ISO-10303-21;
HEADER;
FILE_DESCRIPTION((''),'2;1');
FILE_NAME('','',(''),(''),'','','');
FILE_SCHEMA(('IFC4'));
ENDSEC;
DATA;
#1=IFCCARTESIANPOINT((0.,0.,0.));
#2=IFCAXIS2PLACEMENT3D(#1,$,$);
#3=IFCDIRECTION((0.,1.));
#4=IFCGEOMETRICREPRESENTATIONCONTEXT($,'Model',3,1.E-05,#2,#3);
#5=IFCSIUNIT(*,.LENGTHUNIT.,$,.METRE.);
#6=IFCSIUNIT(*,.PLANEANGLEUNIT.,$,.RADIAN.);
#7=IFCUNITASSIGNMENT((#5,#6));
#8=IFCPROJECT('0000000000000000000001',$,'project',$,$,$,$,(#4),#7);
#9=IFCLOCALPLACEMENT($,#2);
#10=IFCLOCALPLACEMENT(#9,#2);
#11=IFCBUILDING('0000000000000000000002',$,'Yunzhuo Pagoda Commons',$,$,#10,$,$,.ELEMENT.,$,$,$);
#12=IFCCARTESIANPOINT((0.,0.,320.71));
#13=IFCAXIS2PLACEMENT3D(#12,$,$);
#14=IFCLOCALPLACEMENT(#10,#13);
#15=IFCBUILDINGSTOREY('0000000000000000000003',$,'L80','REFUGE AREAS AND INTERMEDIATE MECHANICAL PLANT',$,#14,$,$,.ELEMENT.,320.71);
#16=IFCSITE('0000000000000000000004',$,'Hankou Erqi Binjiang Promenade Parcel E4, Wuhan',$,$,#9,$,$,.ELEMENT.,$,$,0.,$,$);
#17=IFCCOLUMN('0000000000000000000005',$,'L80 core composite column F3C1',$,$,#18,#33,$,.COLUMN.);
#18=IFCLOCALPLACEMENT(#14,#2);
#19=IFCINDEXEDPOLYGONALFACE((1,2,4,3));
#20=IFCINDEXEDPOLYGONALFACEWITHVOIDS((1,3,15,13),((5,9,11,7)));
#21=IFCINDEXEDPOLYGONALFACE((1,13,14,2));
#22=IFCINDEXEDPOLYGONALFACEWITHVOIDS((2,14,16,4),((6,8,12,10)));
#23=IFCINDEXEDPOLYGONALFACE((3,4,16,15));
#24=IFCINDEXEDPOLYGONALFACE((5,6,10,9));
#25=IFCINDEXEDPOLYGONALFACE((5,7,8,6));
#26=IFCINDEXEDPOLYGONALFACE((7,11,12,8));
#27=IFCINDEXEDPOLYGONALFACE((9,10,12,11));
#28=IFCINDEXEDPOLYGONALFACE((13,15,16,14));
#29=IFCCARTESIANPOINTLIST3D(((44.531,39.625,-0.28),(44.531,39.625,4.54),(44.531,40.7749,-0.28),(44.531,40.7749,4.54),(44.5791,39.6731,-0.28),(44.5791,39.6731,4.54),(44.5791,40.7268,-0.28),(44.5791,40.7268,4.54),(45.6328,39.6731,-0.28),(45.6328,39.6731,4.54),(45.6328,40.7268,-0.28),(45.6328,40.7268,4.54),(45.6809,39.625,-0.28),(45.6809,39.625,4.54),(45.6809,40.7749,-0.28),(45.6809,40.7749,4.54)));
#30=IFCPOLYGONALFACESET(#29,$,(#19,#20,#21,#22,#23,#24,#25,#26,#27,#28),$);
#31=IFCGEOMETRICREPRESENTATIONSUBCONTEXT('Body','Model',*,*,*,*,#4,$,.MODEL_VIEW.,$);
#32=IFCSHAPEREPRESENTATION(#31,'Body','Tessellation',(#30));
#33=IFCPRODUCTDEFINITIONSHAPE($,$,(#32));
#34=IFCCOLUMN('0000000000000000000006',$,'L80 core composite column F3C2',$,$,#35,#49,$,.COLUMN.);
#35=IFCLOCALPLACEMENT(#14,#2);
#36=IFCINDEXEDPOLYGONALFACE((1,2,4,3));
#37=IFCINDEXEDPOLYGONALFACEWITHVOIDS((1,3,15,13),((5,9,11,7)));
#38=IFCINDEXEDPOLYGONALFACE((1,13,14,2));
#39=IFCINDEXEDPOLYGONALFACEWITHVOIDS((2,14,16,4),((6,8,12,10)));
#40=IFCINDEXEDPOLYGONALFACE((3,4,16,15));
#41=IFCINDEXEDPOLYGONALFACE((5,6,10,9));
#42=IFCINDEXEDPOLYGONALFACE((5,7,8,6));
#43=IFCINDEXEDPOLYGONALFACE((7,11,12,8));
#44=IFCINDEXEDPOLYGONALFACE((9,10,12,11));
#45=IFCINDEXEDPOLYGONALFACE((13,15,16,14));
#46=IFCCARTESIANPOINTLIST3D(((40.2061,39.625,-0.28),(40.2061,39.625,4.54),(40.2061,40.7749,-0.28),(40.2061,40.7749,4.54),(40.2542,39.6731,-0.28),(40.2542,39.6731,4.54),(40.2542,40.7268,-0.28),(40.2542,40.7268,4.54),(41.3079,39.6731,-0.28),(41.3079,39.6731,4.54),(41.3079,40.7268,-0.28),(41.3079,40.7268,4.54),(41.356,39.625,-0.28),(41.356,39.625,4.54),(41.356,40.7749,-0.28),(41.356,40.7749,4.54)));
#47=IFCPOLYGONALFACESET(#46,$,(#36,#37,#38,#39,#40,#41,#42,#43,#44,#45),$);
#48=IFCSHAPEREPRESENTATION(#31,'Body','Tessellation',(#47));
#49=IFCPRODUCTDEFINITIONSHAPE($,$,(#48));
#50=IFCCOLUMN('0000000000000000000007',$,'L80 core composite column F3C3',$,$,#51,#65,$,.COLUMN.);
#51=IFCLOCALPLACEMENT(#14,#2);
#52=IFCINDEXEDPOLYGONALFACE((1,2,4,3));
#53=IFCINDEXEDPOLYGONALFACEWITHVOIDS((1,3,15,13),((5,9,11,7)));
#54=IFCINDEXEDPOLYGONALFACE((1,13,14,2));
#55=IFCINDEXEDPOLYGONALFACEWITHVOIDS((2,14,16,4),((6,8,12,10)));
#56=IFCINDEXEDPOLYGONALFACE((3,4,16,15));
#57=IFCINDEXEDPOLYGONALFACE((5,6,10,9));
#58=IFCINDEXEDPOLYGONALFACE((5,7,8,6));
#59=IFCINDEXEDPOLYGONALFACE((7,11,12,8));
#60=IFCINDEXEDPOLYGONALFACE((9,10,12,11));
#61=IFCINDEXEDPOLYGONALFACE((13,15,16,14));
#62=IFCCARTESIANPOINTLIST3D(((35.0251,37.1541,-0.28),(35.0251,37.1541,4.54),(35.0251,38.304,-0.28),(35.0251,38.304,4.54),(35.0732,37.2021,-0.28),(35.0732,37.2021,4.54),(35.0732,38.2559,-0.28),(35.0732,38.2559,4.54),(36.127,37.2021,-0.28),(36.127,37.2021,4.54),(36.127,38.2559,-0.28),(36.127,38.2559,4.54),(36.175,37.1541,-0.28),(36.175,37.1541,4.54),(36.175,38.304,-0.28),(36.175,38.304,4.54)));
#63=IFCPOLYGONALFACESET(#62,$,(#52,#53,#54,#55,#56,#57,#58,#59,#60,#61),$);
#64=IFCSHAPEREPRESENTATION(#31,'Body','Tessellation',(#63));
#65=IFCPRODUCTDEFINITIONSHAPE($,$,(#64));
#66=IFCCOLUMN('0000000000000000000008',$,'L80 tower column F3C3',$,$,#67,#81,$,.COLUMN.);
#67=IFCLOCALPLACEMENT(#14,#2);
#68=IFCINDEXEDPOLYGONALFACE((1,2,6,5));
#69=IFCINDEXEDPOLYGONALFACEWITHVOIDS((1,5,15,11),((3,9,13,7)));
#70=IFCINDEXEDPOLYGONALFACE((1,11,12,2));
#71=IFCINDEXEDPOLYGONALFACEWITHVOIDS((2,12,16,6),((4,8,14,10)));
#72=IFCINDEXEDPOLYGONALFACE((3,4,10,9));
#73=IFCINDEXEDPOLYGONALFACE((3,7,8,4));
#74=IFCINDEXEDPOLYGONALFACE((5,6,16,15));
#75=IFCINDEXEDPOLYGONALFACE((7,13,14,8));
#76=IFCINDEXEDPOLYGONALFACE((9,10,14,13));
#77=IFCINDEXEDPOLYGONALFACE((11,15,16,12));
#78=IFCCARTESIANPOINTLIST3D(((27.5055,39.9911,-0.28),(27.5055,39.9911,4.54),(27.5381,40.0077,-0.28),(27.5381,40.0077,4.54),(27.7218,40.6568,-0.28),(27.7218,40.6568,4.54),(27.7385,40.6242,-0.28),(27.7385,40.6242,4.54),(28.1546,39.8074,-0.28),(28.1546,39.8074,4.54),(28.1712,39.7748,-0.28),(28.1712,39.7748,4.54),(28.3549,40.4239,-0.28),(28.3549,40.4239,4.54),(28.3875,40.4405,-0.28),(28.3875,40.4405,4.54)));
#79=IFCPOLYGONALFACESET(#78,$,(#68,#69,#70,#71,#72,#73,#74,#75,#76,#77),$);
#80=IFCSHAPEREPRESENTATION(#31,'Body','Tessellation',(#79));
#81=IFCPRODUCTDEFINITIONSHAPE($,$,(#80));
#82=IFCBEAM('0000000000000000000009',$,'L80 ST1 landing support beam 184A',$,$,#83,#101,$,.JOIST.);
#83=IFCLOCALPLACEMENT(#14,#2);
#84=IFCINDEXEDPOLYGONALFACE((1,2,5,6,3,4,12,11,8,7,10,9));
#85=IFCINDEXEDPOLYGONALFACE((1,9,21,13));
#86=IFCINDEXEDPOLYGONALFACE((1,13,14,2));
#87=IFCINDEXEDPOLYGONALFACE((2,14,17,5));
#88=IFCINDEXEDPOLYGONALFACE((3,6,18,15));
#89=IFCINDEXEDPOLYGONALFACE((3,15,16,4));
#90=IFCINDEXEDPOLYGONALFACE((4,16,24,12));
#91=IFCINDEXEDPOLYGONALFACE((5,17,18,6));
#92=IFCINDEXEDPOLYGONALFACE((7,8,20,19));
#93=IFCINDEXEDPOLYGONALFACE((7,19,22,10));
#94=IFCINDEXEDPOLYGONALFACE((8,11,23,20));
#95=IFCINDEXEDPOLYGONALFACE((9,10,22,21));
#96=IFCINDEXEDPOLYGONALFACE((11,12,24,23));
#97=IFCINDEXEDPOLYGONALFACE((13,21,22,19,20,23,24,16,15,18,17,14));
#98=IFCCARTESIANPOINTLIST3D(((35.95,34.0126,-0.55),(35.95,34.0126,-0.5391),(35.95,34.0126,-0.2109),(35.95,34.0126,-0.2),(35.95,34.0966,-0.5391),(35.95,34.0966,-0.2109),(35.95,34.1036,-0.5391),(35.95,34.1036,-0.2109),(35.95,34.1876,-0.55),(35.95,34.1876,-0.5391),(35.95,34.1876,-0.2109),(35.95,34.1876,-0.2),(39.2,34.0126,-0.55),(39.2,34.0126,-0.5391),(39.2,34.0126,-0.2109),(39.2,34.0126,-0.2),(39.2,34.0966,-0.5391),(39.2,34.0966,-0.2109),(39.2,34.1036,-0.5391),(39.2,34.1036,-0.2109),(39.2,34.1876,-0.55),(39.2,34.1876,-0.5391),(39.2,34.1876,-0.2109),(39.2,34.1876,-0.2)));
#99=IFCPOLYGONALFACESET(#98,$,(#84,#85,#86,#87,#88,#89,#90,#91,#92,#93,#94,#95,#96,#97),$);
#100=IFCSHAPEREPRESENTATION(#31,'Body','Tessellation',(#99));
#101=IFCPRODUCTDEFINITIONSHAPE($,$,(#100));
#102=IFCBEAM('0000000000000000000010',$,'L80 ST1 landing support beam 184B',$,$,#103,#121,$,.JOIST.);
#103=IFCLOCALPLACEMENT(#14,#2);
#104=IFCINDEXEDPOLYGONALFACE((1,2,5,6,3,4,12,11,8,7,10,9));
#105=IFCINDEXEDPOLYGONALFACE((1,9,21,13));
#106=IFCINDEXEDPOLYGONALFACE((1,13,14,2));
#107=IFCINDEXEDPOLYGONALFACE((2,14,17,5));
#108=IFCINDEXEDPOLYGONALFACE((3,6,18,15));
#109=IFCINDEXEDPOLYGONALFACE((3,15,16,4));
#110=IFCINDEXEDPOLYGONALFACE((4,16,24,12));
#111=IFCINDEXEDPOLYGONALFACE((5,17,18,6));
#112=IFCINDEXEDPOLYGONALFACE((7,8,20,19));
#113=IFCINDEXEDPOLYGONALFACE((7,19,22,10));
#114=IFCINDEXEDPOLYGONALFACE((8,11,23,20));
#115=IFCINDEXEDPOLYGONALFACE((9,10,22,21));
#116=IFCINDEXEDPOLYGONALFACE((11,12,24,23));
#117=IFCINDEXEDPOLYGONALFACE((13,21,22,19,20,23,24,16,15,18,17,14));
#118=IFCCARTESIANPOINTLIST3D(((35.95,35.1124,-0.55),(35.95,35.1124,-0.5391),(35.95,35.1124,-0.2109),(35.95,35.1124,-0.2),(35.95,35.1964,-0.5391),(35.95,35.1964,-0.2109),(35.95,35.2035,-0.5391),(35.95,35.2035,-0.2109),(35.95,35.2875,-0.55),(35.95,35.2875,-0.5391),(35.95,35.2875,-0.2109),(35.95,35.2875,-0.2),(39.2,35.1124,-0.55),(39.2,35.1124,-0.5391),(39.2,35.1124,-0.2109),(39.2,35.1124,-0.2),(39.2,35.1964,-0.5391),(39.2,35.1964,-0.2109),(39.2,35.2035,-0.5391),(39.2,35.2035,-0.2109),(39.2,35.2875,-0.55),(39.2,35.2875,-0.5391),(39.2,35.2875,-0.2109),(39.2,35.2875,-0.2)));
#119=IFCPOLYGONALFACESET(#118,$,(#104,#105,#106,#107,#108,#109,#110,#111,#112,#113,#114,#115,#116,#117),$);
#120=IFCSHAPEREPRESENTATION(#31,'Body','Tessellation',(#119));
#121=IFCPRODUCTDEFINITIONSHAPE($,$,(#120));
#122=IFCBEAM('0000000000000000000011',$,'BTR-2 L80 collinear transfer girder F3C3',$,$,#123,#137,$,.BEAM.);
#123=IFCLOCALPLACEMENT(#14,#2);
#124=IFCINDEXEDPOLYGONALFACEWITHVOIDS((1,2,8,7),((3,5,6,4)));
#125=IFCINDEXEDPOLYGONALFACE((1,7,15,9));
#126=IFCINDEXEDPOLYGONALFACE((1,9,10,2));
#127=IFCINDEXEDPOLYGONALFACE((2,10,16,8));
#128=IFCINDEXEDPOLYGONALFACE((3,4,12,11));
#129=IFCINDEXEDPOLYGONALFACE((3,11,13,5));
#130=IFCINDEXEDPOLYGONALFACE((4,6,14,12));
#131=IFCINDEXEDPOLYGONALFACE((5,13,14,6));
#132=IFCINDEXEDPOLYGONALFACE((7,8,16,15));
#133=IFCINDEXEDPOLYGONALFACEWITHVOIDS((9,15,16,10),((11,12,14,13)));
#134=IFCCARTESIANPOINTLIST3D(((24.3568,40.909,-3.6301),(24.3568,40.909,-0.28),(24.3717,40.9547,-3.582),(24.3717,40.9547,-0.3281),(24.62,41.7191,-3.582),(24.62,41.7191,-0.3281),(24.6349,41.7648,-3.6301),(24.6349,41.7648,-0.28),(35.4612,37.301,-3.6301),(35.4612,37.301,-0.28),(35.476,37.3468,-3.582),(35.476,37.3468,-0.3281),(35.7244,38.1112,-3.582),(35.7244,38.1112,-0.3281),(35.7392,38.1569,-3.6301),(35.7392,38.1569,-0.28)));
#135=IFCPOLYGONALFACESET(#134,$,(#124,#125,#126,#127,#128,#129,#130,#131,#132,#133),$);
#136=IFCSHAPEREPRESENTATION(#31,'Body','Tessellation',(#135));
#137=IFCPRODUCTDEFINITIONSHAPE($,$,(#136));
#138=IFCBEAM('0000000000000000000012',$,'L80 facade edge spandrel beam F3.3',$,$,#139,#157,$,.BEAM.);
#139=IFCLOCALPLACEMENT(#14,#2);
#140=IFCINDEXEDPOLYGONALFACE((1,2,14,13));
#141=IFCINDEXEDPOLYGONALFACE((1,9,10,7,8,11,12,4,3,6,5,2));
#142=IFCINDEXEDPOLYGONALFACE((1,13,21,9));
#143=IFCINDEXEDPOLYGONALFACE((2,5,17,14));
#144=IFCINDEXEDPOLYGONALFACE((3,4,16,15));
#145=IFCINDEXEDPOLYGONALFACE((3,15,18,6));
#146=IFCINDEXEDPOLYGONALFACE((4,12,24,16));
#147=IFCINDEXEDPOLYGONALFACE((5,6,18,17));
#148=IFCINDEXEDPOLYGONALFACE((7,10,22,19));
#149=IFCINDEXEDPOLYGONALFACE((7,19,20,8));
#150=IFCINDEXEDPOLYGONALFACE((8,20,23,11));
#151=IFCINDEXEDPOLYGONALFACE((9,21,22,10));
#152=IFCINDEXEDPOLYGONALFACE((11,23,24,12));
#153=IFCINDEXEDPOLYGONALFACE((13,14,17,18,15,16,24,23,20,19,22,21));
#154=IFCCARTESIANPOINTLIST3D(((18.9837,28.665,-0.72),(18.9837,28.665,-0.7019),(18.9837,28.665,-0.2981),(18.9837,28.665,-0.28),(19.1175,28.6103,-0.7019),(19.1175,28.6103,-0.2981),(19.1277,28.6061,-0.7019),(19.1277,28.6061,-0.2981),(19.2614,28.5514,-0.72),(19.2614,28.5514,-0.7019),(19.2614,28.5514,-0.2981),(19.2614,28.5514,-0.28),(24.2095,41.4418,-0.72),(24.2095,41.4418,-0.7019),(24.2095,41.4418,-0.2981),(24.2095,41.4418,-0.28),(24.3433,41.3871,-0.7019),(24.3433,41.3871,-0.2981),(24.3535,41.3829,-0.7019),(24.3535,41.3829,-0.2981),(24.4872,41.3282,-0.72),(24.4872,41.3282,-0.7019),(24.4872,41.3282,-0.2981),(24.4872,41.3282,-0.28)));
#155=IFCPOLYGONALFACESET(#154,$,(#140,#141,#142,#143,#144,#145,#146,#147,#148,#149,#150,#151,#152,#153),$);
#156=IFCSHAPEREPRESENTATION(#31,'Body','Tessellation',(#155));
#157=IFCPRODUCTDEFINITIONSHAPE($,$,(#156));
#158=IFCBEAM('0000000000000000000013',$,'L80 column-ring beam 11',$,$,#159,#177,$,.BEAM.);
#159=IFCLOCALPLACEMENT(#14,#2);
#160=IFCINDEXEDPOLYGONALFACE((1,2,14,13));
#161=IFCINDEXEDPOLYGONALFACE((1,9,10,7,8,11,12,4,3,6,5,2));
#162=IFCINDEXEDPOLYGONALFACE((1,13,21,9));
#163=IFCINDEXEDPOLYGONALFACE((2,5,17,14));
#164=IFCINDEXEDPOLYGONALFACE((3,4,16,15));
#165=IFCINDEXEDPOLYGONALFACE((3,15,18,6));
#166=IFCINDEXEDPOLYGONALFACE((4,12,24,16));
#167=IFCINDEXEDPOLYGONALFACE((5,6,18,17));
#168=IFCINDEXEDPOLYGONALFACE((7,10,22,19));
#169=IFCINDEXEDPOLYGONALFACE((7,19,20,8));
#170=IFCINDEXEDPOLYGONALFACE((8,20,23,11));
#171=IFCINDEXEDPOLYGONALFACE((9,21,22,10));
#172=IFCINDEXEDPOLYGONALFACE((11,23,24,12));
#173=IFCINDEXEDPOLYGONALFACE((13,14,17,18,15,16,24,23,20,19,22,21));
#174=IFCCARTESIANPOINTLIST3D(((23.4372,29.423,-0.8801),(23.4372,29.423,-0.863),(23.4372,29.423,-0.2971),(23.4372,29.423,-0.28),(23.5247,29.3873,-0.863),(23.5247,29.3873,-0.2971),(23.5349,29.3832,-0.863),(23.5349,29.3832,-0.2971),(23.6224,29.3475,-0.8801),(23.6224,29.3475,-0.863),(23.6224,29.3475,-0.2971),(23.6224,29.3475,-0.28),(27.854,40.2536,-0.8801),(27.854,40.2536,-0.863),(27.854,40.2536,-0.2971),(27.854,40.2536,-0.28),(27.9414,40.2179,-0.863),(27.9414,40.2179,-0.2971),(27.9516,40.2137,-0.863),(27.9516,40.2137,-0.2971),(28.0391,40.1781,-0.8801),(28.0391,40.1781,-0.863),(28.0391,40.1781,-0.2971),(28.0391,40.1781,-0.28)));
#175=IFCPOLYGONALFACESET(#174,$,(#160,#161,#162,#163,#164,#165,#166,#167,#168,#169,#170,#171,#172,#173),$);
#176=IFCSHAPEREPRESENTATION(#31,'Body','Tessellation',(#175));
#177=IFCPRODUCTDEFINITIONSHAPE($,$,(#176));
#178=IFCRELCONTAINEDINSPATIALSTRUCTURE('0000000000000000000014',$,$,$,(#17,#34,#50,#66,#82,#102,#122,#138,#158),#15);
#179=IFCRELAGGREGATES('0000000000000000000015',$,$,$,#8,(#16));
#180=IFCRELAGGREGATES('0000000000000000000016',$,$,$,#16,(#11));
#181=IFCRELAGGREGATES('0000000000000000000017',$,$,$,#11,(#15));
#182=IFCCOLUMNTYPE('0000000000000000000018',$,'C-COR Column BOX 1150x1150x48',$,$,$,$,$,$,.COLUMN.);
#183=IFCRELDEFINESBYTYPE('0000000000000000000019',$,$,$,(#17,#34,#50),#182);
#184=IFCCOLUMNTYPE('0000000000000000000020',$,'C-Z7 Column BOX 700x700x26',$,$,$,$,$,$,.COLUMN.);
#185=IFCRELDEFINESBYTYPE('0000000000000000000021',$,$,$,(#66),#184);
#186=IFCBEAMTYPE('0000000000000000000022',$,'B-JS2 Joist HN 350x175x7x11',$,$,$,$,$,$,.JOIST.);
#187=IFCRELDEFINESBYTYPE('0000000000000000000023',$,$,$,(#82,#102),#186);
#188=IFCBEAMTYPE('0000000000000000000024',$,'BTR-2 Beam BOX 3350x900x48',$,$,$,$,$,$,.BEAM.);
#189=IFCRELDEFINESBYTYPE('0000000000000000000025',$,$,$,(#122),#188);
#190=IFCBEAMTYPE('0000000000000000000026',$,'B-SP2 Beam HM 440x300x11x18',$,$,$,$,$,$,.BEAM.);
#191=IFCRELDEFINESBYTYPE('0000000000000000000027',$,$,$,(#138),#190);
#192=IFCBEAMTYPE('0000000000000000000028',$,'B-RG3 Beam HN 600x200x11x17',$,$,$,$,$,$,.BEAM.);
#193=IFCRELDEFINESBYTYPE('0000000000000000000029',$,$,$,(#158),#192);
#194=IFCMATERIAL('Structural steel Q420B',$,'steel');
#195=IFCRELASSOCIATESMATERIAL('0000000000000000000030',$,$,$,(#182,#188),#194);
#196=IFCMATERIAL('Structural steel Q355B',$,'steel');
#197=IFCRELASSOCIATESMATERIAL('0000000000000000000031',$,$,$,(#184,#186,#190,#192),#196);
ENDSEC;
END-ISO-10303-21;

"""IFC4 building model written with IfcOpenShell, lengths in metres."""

from ifc_helpers import new_model, si_unit, direction, frame, origin, origin_2d, place, context, subcontext, project, spatial, hollow_rectangle, i_section, extrude, source, transform, mapped, material, material_profile, profile_set, type_object, element, save


model = new_model("IFC4")

# Units and contexts
model_context = context("Model", 3, precision=1e-05, world=origin(), true_north=direction((0.0, 1.0)))
body_context = subcontext(model_context, "Body", "Model", "MODEL_VIEW")
ifc_project = project(units=[si_unit("LENGTHUNIT", "METRE"), si_unit("PLANEANGLEUNIT", "RADIAN")], contexts=[model_context])

# Site, building, storey
site_placement = place(None, origin())
site = spatial("IfcSite", under=ifc_project, at=site_placement, Name="Hankou Erqi Binjiang Promenade Parcel E4, Wuhan", CompositionType="ELEMENT", RefElevation=0.0)
building_placement = place(site_placement, origin())
building = spatial("IfcBuilding", under=site, at=building_placement, Name="Yunzhuo Pagoda Commons", CompositionType="ELEMENT")
storey_placement = place(building_placement, frame((0.0, 0.0, 320.71)))
storey = spatial("IfcBuildingStorey", under=building, at=storey_placement, Name="L80", Description="REFUGE AREAS AND INTERMEDIATE MECHANICAL PLANT", CompositionType="ELEMENT", Elevation=320.71)

# Columns
ifc_material_1 = material(Name="Structural steel Q420B", Category="steel")
ifc_material_profile_1 = material_profile(ifc_material_1, hollow_rectangle(XDim=1.1499, YDim=1.1499, WallThickness=0.0481, at=origin_2d()), Name="Structural steel Q420B")
ifc_profile_set_1 = profile_set([ifc_material_profile_1], Name="Structural steel Q420B")
column_type_1 = type_object("IfcColumnType", Name="C-COR Column BOX 1150x1150x48", PredefinedType="COLUMN", material=ifc_profile_set_1)
shared_shape_1 = source(origin(), body_context, "Body", "SweptSolid", [
    extrude(hollow_rectangle(XDim=1.1499, YDim=1.1499, WallThickness=0.0481, at=origin_2d()), origin(), (0.0, 0.0, 1.0), 4.8201),
])
for number, where, z_axis, x_axis, name in (
    (1, (45.106, 40.2, -0.28), (0.0, 0.0, 1.0), (1.0, 0.0, 0.0), "L80 core composite column F3C1"),
    (2, (40.781, 40.2, -0.28), (0.0, 0.0, 1.0), (1.0, 0.0, 0.0), "L80 core composite column F3C2"),
    (3, (35.6001, 37.729, -0.28), (0.0, 0.0, 1.0), (1.0, 0.0, 0.0), "L80 core composite column F3C3"),
):
    element("IfcColumn", number, at=place(storey_placement, frame(where, z_axis=z_axis, x_axis=x_axis)), inside=storey, type_object=column_type_1, Name=name, PredefinedType="COLUMN", context=body_context, shape_type="MappedRepresentation", body=[
        mapped(shared_shape_1, transform((0.0, 0.0, 0.0), scale=1.0)),
    ])
ifc_material_2 = material(Name="Structural steel Q355B", Category="steel")
ifc_material_profile_2 = material_profile(ifc_material_2, hollow_rectangle(XDim=0.7, YDim=0.7, WallThickness=0.0259, at=origin_2d()), Name="Structural steel Q355B")
ifc_profile_set_2 = profile_set([ifc_material_profile_2], Name="Structural steel Q355B")
column_type_2 = type_object("IfcColumnType", Name="C-Z7 Column BOX 700x700x26", PredefinedType="COLUMN", material=ifc_profile_set_2)
shared_shape_2 = source(origin(), body_context, "Body", "SweptSolid", [
    extrude(hollow_rectangle(XDim=0.7, YDim=0.7, WallThickness=0.0259, at=origin_2d()), origin(), (0.0, 0.0, 1.0), 4.8201),
])
column_placement = place(storey_placement, frame((27.9465, 40.2158, -0.28), z_axis=(0.0, 0.0, 1.0), x_axis=(-0.309017, -0.951057, 0.0)))
element("IfcColumn", 4, at=column_placement, inside=storey, type_object=column_type_2, Name="L80 tower column F3C3", PredefinedType="COLUMN", context=body_context, shape_type="MappedRepresentation", body=[
    mapped(shared_shape_2, transform((0.0, 0.0, 0.0), scale=1.0)),
])

# Beams
ifc_material_profile_3 = material_profile(ifc_material_2, i_section(OverallWidth=0.175, OverallDepth=0.3501, WebThickness=0.0071, FlangeThickness=0.011, at=origin_2d()), Name="Structural steel Q355B")
ifc_profile_set_3 = profile_set([ifc_material_profile_3], Name="Structural steel Q355B")
beam_type_1 = type_object("IfcBeamType", Name="B-JS2 Joist HN 350x175x7x11", PredefinedType="JOIST", material=ifc_profile_set_3)
shared_shape_3 = source(origin(), body_context, "Body", "SweptSolid", [
    extrude(i_section(OverallWidth=0.175, OverallDepth=0.3501, WebThickness=0.0071, FlangeThickness=0.011, at=origin_2d()), origin(), (0.0, 0.0, 1.0), 3.25),
])
for number, where, z_axis, x_axis, name in (
    (5, (35.95, 34.1001, -0.375), (1.0, 0.0, 0.0), (0.0, 1.0, 0.0), "L80 ST1 landing support beam 184A"),
    (6, (35.95, 35.2, -0.375), (1.0, 0.0, 0.0), (0.0, 1.0, 0.0), "L80 ST1 landing support beam 184B"),
):
    element("IfcBeam", number, at=place(storey_placement, frame(where, z_axis=z_axis, x_axis=x_axis)), inside=storey, type_object=beam_type_1, Name=name, PredefinedType="JOIST", context=body_context, shape_type="MappedRepresentation", body=[
        mapped(shared_shape_3, transform((0.0, 0.0, 0.0), scale=1.0)),
    ])
ifc_material_profile_4 = material_profile(ifc_material_1, hollow_rectangle(XDim=0.8999, YDim=3.3501, WallThickness=0.0481, at=origin_2d()), Name="Structural steel Q420B")
ifc_profile_set_4 = profile_set([ifc_material_profile_4], Name="Structural steel Q420B")
beam_type_2 = type_object("IfcBeamType", Name="BTR-2 Beam BOX 3350x900x48", PredefinedType="BEAM", material=ifc_profile_set_4)
shared_shape_4 = source(origin(), body_context, "Body", "SweptSolid", [
    extrude(hollow_rectangle(XDim=0.8999, YDim=3.3501, WallThickness=0.0481, at=origin_2d()), origin(), (0.0, 0.0, 1.0), 11.6758),
])
beam_1_placement = place(storey_placement, frame((24.4958, 41.3369, -1.9551), z_axis=(0.951058, -0.309011, 0.0), x_axis=(0.309011, 0.951058, 0.0)))
element("IfcBeam", 7, at=beam_1_placement, inside=storey, type_object=beam_type_2, Name="BTR-2 L80 collinear transfer girder F3C3", PredefinedType="BEAM", context=body_context, shape_type="MappedRepresentation", body=[
    mapped(shared_shape_4, transform((0.0, 0.0, 0.0), scale=1.0)),
])
ifc_material_profile_5 = material_profile(ifc_material_2, i_section(OverallWidth=0.3, OverallDepth=0.4399, WebThickness=0.011, FlangeThickness=0.0181, at=origin_2d()), Name="Structural steel Q355B")
ifc_profile_set_5 = profile_set([ifc_material_profile_5], Name="Structural steel Q355B")
beam_type_3 = type_object("IfcBeamType", Name="B-SP2 Beam HM 440x300x11x18", PredefinedType="BEAM", material=ifc_profile_set_5)
shared_shape_5 = source(origin(), body_context, "Body", "SweptSolid", [
    extrude(i_section(OverallWidth=0.3, OverallDepth=0.4399, WebThickness=0.011, FlangeThickness=0.0181, at=origin_2d()), origin(), (0.0, 0.0, 1.0), 13.8042),
])
beam_2_placement = place(storey_placement, frame((24.3484, 41.385, -0.5), z_axis=(-0.378567, -0.925574, 0.0), x_axis=(0.925574, -0.378567, 0.0)))
element("IfcBeam", 8, at=beam_2_placement, inside=storey, type_object=beam_type_3, Name="L80 facade edge spandrel beam F3.3", PredefinedType="BEAM", context=body_context, shape_type="MappedRepresentation", body=[
    mapped(shared_shape_5, transform((0.0, 0.0, 0.0), scale=1.0)),
])
ifc_material_profile_6 = material_profile(ifc_material_2, i_section(OverallWidth=0.2, OverallDepth=0.6001, WebThickness=0.011, FlangeThickness=0.0171, at=origin_2d()), Name="Structural steel Q355B")
ifc_profile_set_6 = profile_set([ifc_material_profile_6], Name="Structural steel Q355B")
beam_type_4 = type_object("IfcBeamType", Name="B-RG3 Beam HN 600x200x11x17", PredefinedType="BEAM", material=ifc_profile_set_6)
shared_shape_6 = source(origin(), body_context, "Body", "SweptSolid", [
    extrude(i_section(OverallWidth=0.2, OverallDepth=0.6001, WebThickness=0.011, FlangeThickness=0.0171, at=origin_2d()), origin(), (0.0, 0.0, 1.0), 11.6965),
])
beam_3_placement = place(storey_placement, frame((27.9465, 40.2158, -0.5801), z_axis=(-0.377612, -0.925964, 0.0), x_axis=(0.925964, -0.377612, 0.0)))
element("IfcBeam", 9, at=beam_3_placement, inside=storey, type_object=beam_type_4, Name="L80 column-ring beam 11", PredefinedType="BEAM", context=body_context, shape_type="MappedRepresentation", body=[
    mapped(shared_shape_6, transform((0.0, 0.0, 0.0), scale=1.0)),
])

save(model, "model.ifc")
